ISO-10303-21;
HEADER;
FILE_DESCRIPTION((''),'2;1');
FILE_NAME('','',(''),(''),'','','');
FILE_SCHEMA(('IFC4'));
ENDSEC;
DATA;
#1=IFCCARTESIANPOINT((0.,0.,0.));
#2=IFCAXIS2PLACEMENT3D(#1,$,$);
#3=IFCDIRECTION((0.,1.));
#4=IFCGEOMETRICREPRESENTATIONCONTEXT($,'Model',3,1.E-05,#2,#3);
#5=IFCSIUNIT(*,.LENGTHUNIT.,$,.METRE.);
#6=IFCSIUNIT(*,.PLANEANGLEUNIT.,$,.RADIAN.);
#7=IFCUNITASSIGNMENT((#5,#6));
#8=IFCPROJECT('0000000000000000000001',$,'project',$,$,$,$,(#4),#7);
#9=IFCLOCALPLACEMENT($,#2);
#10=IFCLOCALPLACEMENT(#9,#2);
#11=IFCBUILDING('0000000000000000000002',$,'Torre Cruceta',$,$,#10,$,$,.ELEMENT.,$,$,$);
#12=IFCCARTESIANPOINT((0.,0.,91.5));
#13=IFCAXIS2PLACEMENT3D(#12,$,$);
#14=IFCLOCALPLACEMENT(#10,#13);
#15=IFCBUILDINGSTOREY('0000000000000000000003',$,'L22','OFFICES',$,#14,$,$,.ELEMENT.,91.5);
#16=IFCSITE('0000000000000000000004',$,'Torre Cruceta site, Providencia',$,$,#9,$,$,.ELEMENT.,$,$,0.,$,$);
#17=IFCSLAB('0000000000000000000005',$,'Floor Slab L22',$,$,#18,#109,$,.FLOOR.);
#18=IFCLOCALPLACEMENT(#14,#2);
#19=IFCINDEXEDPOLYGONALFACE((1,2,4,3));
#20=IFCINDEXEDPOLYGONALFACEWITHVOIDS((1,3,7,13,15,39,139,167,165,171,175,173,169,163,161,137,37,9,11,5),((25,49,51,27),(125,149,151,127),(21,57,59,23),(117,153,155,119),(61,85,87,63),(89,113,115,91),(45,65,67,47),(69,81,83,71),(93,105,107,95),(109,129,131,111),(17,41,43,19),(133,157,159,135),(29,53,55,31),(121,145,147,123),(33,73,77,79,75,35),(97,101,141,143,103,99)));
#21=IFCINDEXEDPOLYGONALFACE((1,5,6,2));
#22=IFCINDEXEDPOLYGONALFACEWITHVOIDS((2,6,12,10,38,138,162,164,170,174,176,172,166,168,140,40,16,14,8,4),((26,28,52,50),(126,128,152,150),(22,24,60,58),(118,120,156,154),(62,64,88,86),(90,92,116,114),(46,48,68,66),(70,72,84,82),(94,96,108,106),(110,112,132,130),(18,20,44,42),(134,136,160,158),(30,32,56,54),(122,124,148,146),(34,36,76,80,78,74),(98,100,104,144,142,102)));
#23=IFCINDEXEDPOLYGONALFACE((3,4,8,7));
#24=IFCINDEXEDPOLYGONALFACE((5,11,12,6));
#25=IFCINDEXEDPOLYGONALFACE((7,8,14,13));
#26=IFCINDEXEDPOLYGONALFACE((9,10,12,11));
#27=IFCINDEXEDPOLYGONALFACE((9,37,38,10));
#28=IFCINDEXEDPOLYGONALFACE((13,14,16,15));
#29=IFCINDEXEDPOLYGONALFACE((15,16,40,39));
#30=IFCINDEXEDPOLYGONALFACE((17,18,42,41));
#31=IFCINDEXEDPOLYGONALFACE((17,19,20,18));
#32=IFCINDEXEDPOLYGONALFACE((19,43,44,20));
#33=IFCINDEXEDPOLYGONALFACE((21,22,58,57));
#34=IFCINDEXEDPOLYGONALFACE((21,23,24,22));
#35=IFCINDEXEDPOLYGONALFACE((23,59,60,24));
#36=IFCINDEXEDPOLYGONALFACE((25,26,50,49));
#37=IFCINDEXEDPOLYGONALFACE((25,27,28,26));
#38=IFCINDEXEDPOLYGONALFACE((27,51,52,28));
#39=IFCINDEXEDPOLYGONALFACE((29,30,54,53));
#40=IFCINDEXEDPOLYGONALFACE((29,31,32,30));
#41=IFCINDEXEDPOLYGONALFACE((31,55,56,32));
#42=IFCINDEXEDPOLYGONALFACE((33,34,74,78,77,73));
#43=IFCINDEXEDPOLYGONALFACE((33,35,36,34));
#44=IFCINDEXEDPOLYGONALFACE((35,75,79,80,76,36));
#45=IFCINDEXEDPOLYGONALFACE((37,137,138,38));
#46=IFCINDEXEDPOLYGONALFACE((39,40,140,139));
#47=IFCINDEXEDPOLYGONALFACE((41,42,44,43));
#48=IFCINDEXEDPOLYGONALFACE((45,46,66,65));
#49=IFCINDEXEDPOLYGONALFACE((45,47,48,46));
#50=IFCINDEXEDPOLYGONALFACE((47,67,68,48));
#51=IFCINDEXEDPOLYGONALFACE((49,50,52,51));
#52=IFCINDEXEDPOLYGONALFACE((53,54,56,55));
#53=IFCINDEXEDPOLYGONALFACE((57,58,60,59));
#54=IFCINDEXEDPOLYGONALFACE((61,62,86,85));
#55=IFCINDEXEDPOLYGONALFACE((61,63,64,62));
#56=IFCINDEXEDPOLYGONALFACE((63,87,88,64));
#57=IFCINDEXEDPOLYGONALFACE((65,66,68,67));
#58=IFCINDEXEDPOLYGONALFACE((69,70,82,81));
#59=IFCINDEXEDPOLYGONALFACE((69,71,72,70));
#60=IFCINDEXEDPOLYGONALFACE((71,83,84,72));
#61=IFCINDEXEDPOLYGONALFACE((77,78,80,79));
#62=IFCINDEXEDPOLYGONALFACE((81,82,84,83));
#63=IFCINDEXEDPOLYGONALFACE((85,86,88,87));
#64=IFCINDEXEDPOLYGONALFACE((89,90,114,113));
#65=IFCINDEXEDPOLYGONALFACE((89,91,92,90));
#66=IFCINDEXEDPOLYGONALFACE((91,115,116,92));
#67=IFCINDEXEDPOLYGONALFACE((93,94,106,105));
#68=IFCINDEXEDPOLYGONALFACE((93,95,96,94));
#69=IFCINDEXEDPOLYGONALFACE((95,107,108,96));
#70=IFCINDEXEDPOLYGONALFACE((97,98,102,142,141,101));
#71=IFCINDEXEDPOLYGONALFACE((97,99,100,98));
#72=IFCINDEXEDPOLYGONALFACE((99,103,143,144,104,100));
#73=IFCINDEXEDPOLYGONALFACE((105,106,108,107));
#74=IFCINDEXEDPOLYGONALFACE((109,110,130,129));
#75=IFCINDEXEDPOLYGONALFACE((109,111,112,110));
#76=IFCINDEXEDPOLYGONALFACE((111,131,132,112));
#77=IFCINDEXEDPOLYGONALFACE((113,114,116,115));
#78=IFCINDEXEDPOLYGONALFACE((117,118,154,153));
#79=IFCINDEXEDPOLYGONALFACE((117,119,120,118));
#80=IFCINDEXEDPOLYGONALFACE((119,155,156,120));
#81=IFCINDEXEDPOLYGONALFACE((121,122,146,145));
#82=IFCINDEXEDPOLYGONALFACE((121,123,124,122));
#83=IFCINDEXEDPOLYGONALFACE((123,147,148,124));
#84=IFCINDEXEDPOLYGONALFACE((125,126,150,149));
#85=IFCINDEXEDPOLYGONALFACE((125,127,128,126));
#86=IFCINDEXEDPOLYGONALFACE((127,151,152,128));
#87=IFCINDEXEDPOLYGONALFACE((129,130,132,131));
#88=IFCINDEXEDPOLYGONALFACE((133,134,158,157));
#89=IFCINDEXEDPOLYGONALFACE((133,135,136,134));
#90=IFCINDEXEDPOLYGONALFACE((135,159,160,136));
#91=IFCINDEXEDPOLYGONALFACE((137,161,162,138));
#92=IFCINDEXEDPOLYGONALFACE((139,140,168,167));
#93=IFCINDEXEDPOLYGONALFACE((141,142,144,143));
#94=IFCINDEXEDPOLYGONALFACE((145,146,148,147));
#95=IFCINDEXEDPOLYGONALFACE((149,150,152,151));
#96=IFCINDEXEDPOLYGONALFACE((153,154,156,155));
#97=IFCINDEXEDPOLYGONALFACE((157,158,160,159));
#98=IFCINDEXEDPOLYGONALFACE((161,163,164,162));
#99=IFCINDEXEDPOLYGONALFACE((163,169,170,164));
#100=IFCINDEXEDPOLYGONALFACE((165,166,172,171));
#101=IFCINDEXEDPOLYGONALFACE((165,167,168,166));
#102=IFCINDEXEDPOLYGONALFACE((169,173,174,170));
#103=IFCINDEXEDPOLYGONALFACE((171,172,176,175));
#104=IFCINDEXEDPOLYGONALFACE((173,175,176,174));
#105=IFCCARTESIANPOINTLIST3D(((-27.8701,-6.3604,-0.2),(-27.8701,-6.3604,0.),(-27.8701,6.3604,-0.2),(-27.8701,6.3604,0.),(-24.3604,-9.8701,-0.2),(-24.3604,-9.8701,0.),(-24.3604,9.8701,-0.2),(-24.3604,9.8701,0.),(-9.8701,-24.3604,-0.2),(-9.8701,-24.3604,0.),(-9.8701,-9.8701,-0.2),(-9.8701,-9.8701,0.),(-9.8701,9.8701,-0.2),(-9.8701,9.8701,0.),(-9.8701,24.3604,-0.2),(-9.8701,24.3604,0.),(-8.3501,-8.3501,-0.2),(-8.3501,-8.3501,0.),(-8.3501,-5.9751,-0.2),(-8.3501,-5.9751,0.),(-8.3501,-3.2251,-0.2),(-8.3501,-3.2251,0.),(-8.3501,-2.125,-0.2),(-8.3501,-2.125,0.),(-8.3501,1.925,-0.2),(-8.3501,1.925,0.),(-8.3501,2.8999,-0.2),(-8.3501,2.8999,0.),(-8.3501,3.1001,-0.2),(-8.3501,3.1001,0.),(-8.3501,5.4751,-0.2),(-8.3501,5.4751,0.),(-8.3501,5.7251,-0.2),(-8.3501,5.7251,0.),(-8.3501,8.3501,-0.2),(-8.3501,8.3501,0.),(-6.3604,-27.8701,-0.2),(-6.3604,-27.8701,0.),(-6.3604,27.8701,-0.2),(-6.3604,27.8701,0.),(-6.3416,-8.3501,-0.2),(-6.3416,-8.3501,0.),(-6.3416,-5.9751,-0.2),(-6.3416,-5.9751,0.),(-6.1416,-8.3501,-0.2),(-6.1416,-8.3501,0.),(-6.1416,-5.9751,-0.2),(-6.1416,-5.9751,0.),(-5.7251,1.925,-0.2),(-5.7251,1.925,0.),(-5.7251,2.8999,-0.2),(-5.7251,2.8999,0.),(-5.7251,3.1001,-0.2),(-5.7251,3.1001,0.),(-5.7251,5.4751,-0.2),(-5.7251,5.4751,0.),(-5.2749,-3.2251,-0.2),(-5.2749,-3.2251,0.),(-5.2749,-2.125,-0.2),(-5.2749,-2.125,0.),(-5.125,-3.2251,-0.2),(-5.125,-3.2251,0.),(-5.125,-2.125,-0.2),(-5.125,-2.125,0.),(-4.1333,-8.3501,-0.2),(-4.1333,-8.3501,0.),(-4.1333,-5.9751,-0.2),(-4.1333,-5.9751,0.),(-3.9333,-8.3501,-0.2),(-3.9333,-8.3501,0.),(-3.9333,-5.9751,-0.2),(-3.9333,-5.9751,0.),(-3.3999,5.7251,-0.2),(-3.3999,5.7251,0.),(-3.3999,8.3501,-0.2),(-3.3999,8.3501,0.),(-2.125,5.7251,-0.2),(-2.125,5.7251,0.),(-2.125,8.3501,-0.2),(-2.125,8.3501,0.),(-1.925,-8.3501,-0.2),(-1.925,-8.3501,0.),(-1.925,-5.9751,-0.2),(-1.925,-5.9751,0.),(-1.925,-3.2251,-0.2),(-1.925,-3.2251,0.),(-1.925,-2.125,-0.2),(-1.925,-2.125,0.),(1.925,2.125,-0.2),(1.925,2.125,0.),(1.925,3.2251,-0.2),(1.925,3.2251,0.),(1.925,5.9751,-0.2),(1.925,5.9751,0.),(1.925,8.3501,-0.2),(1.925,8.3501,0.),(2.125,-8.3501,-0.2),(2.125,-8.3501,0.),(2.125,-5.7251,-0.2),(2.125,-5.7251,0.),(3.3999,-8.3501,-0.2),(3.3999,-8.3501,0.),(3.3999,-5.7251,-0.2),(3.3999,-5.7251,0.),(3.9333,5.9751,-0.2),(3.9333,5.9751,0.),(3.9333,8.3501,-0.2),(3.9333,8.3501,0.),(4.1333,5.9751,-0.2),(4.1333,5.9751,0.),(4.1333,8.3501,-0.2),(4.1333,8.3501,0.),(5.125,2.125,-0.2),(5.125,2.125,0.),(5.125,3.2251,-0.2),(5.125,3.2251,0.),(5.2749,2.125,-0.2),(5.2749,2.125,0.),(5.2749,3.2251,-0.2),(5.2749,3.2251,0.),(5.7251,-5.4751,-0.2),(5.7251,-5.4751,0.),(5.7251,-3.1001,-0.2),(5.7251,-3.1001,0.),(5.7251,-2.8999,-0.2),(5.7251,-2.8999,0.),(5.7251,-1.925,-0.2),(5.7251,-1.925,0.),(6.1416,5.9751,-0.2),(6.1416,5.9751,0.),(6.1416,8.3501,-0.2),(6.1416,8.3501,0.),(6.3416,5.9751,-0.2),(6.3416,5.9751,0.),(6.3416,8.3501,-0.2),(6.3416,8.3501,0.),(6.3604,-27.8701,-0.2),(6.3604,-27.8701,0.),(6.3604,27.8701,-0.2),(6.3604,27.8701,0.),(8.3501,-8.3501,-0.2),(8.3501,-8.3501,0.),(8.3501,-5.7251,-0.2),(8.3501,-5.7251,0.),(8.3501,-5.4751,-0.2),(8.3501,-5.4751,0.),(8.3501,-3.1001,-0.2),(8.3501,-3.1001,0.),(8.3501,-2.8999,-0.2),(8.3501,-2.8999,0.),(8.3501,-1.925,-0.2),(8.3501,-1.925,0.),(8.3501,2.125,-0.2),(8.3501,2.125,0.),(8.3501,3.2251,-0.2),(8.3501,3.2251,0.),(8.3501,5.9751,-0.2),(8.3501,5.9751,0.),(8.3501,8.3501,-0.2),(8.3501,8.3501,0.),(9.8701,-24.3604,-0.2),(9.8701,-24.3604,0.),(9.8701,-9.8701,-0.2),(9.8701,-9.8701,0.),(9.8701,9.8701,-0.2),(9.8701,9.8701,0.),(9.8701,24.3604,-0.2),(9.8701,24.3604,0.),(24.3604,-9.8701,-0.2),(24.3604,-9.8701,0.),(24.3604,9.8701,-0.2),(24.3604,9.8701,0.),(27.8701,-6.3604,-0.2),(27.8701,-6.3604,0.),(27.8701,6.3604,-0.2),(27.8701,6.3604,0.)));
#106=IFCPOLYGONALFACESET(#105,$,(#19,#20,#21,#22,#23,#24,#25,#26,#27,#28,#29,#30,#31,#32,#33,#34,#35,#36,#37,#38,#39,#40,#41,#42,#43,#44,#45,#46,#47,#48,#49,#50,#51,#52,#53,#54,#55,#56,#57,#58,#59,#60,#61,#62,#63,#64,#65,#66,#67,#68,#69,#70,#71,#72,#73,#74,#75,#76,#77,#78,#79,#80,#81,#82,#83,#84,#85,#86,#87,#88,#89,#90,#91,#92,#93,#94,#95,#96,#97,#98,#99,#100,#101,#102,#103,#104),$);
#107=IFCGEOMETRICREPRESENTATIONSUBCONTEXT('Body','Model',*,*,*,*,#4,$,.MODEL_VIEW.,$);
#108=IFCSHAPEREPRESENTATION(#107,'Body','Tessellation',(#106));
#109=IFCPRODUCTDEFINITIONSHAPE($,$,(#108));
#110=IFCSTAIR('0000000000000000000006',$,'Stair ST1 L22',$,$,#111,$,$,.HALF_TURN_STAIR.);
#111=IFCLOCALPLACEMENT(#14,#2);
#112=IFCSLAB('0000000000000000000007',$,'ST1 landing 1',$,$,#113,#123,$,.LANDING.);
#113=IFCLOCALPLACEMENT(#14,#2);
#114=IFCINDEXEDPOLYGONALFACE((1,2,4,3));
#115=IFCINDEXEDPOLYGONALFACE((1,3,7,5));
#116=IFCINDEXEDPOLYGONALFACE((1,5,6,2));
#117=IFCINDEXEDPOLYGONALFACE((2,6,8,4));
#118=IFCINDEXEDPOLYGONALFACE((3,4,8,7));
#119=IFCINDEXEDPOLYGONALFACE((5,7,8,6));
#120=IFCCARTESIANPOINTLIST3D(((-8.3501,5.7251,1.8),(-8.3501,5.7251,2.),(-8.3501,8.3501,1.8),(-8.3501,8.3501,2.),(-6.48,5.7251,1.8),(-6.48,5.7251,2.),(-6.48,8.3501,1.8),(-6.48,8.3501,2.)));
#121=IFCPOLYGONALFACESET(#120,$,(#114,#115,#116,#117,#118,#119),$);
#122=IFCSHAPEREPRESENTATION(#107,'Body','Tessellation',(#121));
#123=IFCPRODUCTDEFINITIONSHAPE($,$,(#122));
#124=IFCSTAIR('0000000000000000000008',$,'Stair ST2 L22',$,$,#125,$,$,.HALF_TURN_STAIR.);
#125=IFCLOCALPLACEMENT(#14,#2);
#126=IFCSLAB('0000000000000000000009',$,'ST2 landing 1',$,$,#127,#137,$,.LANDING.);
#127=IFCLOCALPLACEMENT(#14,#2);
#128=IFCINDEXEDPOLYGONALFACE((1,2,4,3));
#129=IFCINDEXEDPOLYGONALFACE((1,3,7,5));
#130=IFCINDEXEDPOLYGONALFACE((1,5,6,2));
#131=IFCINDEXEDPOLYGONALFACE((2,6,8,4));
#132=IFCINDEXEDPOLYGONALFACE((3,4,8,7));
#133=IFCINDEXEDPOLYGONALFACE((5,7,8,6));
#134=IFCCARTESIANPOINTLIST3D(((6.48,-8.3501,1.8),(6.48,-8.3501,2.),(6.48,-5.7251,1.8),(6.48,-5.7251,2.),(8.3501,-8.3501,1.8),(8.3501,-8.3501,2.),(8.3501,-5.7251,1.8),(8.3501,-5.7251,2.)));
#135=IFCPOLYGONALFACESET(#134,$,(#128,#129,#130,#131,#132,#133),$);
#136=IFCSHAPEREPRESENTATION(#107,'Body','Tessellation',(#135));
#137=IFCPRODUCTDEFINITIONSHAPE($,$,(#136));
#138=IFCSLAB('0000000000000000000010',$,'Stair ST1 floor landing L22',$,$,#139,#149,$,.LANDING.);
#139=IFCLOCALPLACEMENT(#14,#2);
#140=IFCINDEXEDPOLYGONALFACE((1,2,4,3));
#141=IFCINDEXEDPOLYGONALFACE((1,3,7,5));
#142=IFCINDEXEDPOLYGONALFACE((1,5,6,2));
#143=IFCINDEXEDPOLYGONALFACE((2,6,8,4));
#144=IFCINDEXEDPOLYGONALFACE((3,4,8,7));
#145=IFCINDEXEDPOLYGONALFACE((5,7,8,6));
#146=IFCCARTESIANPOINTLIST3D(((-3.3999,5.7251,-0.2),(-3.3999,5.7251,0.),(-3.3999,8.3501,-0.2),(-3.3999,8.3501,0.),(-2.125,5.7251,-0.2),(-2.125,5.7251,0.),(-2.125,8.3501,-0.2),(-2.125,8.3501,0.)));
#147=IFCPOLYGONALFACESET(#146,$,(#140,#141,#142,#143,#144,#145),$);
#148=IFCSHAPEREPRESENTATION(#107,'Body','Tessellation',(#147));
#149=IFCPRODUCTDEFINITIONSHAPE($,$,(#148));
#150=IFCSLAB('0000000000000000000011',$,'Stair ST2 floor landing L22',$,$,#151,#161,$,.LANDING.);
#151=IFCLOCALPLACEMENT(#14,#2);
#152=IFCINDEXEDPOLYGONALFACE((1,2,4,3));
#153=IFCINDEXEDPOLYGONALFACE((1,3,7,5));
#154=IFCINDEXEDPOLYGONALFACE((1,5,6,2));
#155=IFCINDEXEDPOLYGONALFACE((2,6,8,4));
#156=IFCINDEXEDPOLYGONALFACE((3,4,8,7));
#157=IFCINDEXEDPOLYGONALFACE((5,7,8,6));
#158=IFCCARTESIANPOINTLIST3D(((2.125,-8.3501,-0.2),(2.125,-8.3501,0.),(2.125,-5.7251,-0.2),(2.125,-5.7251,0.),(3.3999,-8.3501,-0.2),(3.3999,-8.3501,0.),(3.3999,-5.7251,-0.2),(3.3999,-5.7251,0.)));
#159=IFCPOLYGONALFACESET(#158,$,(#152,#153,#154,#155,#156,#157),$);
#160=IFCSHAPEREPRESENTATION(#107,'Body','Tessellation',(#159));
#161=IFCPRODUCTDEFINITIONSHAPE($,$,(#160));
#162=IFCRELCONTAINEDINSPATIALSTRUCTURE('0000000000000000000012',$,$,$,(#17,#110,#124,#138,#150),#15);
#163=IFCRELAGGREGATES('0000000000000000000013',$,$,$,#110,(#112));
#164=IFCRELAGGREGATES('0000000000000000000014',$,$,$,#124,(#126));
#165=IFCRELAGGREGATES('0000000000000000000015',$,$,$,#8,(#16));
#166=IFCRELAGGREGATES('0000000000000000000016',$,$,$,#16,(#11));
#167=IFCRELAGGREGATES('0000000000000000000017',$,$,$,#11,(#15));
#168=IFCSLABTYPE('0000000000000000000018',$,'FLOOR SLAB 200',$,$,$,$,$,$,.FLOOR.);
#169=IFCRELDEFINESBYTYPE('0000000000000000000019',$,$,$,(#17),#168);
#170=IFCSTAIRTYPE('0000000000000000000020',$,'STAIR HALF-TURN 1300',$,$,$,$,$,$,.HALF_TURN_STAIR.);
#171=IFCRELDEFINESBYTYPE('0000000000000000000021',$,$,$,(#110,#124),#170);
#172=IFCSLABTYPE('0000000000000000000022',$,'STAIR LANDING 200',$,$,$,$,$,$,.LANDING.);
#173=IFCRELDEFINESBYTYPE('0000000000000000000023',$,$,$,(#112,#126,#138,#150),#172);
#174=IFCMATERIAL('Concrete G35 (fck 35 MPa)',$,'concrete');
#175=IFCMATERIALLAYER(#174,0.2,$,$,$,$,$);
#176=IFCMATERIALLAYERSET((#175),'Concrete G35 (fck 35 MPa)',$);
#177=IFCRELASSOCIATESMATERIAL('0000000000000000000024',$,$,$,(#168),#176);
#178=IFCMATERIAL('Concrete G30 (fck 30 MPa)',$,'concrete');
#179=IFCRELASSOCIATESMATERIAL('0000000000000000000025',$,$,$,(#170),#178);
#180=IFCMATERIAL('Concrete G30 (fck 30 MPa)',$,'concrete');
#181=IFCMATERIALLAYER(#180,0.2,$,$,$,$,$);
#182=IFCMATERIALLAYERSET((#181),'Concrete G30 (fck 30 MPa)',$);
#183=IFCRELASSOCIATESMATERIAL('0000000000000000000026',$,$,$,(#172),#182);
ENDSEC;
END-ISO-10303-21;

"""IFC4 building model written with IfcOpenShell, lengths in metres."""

from ifc_helpers import new_model, si_unit, direction, frame, origin, place, context, subcontext, project, spatial, polyline, outline, extrude, material, layer, layer_set, type_object, element, aggregate, save


model = new_model("IFC4")

# Units and contexts
model_context = context("Model", 3, precision=1e-05, world=origin(), true_north=direction((0.0, 1.0)))
body_context = subcontext(model_context, "Body", "Model", "MODEL_VIEW")
ifc_project = project(units=[si_unit("LENGTHUNIT", "METRE"), si_unit("PLANEANGLEUNIT", "RADIAN")], contexts=[model_context])

# Site, building, storey
site_placement = place(None, origin())
site = spatial("IfcSite", under=ifc_project, at=site_placement, Name="Torre Cruceta site, Providencia", CompositionType="ELEMENT", RefElevation=0.0)
building_placement = place(site_placement, origin())
building = spatial("IfcBuilding", under=site, at=building_placement, Name="Torre Cruceta", CompositionType="ELEMENT")
storey_placement = place(building_placement, frame((0.0, 0.0, 91.5)))
storey = spatial("IfcBuildingStorey", under=building, at=storey_placement, Name="L22", Description="OFFICES", CompositionType="ELEMENT", Elevation=91.5)

# Slab
ifc_material_1 = material(Name="Concrete G35 (fck 35 MPa)", Category="concrete")
ifc_layer_1 = layer(ifc_material_1, 0.2)
ifc_layer_set_1 = layer_set([ifc_layer_1], Name="Concrete G35 (fck 35 MPa)")
slab_type_1 = type_object("IfcSlabType", Name="FLOOR SLAB 200", PredefinedType="FLOOR", material=ifc_layer_set_1)
slab_1_placement = place(storey_placement, frame((0.0, 0.0, -0.2)))
element("IfcSlab", 1, at=slab_1_placement, inside=storey, type_object=slab_type_1, Name="Floor Slab L22", PredefinedType="FLOOR", context=body_context, shape_type="SweptSolid", body=[
    extrude(outline(polyline([(9.8701, -9.8701), (9.8701, -24.3604), (6.3604, -27.8701), (-6.3604, -27.8701), (-9.8701, -24.3604), (-9.8701, -9.8701), (-24.3604, -9.8701), (-27.8701, -6.3604), (-27.8701, 6.3604), (-24.3604, 9.8701), (-9.8701, 9.8701), (-9.8701, 24.3604), (-6.3604, 27.8701), (6.3604, 27.8701), (9.8701, 24.3604), (9.8701, 9.8701), (24.3604, 9.8701), (27.8701, 6.3604), (27.8701, -6.3604), (24.3604, -9.8701), (9.8701, -9.8701)]), holes=[polyline([(1.925, 5.9751), (3.9333, 5.9751), (3.9333, 8.3501), (1.925, 8.3501), (1.925, 5.9751)]), polyline([(4.1333, 5.9751), (6.1416, 5.9751), (6.1416, 8.3501), (4.1333, 8.3501), (4.1333, 5.9751)]), polyline([(6.3416, 5.9751), (8.3501, 5.9751), (8.3501, 8.3501), (6.3416, 8.3501), (6.3416, 5.9751)]), polyline([(1.925, 2.125), (5.125, 2.125), (5.125, 3.2251), (1.925, 3.2251), (1.925, 2.125)]), polyline([(5.2749, 2.125), (8.3501, 2.125), (8.3501, 3.2251), (5.2749, 3.2251), (5.2749, 2.125)]), polyline([(-8.3501, 3.1001), (-5.7251, 3.1001), (-5.7251, 5.4751), (-8.3501, 5.4751), (-8.3501, 3.1001)]), polyline([(-8.3501, 1.925), (-5.7251, 1.925), (-5.7251, 2.8999), (-8.3501, 2.8999), (-8.3501, 1.925)]), polyline([(-3.9333, -8.3501), (-1.925, -8.3501), (-1.925, -5.9751), (-3.9333, -5.9751), (-3.9333, -8.3501)]), polyline([(-6.1416, -8.3501), (-4.1333, -8.3501), (-4.1333, -5.9751), (-6.1416, -5.9751), (-6.1416, -8.3501)]), polyline([(-8.3501, -8.3501), (-6.3416, -8.3501), (-6.3416, -5.9751), (-8.3501, -5.9751), (-8.3501, -8.3501)]), polyline([(-5.125, -3.2251), (-1.925, -3.2251), (-1.925, -2.125), (-5.125, -2.125), (-5.125, -3.2251)]), polyline([(-8.3501, -3.2251), (-5.2749, -3.2251), (-5.2749, -2.125), (-8.3501, -2.125), (-8.3501, -3.2251)]), polyline([(5.7251, -5.4751), (8.3501, -5.4751), (8.3501, -3.1001), (5.7251, -3.1001), (5.7251, -5.4751)]), polyline([(5.7251, -2.8999), (8.3501, -2.8999), (8.3501, -1.925), (5.7251, -1.925), (5.7251, -2.8999)]), polyline([(-8.3501, 5.7251), (-8.3501, 8.3501), (-3.3999, 8.3501), (-2.125, 8.3501), (-2.125, 5.7251), (-3.3999, 5.7251), (-8.3501, 5.7251)]), polyline([(2.125, -5.7251), (3.3999, -5.7251), (8.3501, -5.7251), (8.3501, -8.3501), (3.3999, -8.3501), (2.125, -8.3501), (2.125, -5.7251)])]), origin(), (0.0, 0.0, 1.0), 0.2),
])

# Stairs, slabs
ifc_material_2 = material(Name="Concrete G30 (fck 30 MPa)", Category="concrete")
stair_type = type_object("IfcStairType", Name="STAIR HALF-TURN 1300", PredefinedType="HALF_TURN_STAIR", material=ifc_material_2)
stair_1_placement = place(storey_placement, origin())
stair_1 = element("IfcStair", 2, at=stair_1_placement, inside=storey, type_object=stair_type, Name="Stair ST1 L22", PredefinedType="HALF_TURN_STAIR")
ifc_material_3 = material(Name="Concrete G30 (fck 30 MPa)", Category="concrete")
ifc_layer_2 = layer(ifc_material_3, 0.2)
ifc_layer_set_2 = layer_set([ifc_layer_2], Name="Concrete G30 (fck 30 MPa)")
slab_type_2 = type_object("IfcSlabType", Name="STAIR LANDING 200", PredefinedType="LANDING", material=ifc_layer_set_2)
slab_2_placement = place(storey_placement, frame((0.0, 0.0, 1.8)))
slab_2 = element("IfcSlab", 3, at=slab_2_placement, type_object=slab_type_2, Name="ST1 landing 1", PredefinedType="LANDING", context=body_context, shape_type="SweptSolid", body=[
    extrude(outline(polyline([(-8.3501, 5.7251), (-6.48, 5.7251), (-6.48, 8.3501), (-8.3501, 8.3501), (-8.3501, 5.7251)])), origin(), (0.0, 0.0, 1.0), 0.2),
])
aggregate(stair_1, [slab_2])
stair_2_placement = place(storey_placement, origin())
stair_2 = element("IfcStair", 4, at=stair_2_placement, inside=storey, type_object=stair_type, Name="Stair ST2 L22", PredefinedType="HALF_TURN_STAIR")
slab_3_placement = place(storey_placement, frame((0.0, 0.0, 1.8)))
slab_3 = element("IfcSlab", 5, at=slab_3_placement, type_object=slab_type_2, Name="ST2 landing 1", PredefinedType="LANDING", context=body_context, shape_type="SweptSolid", body=[
    extrude(outline(polyline([(6.48, -8.3501), (8.3501, -8.3501), (8.3501, -5.7251), (6.48, -5.7251), (6.48, -8.3501)])), origin(), (0.0, 0.0, 1.0), 0.2),
])

# Slabs
slab_4_placement = place(storey_placement, frame((0.0, 0.0, -0.2)))
element("IfcSlab", 6, at=slab_4_placement, inside=storey, type_object=slab_type_2, Name="Stair ST1 floor landing L22", PredefinedType="LANDING", context=body_context, shape_type="SweptSolid", body=[
    extrude(outline(polyline([(-2.125, 8.3501), (-2.125, 5.7251), (-3.3999, 5.7251), (-3.3999, 8.3501), (-2.125, 8.3501)])), origin(), (0.0, 0.0, 1.0), 0.2),
])
slab_5_placement = place(storey_placement, frame((0.0, 0.0, -0.2)))
element("IfcSlab", 7, at=slab_5_placement, inside=storey, type_object=slab_type_2, Name="Stair ST2 floor landing L22", PredefinedType="LANDING", context=body_context, shape_type="SweptSolid", body=[
    extrude(outline(polyline([(2.125, -8.3501), (2.125, -5.7251), (3.3999, -5.7251), (3.3999, -8.3501), (2.125, -8.3501)])), origin(), (0.0, 0.0, 1.0), 0.2),
])

aggregate(stair_2, [slab_3])

save(model, "model.ifc")
